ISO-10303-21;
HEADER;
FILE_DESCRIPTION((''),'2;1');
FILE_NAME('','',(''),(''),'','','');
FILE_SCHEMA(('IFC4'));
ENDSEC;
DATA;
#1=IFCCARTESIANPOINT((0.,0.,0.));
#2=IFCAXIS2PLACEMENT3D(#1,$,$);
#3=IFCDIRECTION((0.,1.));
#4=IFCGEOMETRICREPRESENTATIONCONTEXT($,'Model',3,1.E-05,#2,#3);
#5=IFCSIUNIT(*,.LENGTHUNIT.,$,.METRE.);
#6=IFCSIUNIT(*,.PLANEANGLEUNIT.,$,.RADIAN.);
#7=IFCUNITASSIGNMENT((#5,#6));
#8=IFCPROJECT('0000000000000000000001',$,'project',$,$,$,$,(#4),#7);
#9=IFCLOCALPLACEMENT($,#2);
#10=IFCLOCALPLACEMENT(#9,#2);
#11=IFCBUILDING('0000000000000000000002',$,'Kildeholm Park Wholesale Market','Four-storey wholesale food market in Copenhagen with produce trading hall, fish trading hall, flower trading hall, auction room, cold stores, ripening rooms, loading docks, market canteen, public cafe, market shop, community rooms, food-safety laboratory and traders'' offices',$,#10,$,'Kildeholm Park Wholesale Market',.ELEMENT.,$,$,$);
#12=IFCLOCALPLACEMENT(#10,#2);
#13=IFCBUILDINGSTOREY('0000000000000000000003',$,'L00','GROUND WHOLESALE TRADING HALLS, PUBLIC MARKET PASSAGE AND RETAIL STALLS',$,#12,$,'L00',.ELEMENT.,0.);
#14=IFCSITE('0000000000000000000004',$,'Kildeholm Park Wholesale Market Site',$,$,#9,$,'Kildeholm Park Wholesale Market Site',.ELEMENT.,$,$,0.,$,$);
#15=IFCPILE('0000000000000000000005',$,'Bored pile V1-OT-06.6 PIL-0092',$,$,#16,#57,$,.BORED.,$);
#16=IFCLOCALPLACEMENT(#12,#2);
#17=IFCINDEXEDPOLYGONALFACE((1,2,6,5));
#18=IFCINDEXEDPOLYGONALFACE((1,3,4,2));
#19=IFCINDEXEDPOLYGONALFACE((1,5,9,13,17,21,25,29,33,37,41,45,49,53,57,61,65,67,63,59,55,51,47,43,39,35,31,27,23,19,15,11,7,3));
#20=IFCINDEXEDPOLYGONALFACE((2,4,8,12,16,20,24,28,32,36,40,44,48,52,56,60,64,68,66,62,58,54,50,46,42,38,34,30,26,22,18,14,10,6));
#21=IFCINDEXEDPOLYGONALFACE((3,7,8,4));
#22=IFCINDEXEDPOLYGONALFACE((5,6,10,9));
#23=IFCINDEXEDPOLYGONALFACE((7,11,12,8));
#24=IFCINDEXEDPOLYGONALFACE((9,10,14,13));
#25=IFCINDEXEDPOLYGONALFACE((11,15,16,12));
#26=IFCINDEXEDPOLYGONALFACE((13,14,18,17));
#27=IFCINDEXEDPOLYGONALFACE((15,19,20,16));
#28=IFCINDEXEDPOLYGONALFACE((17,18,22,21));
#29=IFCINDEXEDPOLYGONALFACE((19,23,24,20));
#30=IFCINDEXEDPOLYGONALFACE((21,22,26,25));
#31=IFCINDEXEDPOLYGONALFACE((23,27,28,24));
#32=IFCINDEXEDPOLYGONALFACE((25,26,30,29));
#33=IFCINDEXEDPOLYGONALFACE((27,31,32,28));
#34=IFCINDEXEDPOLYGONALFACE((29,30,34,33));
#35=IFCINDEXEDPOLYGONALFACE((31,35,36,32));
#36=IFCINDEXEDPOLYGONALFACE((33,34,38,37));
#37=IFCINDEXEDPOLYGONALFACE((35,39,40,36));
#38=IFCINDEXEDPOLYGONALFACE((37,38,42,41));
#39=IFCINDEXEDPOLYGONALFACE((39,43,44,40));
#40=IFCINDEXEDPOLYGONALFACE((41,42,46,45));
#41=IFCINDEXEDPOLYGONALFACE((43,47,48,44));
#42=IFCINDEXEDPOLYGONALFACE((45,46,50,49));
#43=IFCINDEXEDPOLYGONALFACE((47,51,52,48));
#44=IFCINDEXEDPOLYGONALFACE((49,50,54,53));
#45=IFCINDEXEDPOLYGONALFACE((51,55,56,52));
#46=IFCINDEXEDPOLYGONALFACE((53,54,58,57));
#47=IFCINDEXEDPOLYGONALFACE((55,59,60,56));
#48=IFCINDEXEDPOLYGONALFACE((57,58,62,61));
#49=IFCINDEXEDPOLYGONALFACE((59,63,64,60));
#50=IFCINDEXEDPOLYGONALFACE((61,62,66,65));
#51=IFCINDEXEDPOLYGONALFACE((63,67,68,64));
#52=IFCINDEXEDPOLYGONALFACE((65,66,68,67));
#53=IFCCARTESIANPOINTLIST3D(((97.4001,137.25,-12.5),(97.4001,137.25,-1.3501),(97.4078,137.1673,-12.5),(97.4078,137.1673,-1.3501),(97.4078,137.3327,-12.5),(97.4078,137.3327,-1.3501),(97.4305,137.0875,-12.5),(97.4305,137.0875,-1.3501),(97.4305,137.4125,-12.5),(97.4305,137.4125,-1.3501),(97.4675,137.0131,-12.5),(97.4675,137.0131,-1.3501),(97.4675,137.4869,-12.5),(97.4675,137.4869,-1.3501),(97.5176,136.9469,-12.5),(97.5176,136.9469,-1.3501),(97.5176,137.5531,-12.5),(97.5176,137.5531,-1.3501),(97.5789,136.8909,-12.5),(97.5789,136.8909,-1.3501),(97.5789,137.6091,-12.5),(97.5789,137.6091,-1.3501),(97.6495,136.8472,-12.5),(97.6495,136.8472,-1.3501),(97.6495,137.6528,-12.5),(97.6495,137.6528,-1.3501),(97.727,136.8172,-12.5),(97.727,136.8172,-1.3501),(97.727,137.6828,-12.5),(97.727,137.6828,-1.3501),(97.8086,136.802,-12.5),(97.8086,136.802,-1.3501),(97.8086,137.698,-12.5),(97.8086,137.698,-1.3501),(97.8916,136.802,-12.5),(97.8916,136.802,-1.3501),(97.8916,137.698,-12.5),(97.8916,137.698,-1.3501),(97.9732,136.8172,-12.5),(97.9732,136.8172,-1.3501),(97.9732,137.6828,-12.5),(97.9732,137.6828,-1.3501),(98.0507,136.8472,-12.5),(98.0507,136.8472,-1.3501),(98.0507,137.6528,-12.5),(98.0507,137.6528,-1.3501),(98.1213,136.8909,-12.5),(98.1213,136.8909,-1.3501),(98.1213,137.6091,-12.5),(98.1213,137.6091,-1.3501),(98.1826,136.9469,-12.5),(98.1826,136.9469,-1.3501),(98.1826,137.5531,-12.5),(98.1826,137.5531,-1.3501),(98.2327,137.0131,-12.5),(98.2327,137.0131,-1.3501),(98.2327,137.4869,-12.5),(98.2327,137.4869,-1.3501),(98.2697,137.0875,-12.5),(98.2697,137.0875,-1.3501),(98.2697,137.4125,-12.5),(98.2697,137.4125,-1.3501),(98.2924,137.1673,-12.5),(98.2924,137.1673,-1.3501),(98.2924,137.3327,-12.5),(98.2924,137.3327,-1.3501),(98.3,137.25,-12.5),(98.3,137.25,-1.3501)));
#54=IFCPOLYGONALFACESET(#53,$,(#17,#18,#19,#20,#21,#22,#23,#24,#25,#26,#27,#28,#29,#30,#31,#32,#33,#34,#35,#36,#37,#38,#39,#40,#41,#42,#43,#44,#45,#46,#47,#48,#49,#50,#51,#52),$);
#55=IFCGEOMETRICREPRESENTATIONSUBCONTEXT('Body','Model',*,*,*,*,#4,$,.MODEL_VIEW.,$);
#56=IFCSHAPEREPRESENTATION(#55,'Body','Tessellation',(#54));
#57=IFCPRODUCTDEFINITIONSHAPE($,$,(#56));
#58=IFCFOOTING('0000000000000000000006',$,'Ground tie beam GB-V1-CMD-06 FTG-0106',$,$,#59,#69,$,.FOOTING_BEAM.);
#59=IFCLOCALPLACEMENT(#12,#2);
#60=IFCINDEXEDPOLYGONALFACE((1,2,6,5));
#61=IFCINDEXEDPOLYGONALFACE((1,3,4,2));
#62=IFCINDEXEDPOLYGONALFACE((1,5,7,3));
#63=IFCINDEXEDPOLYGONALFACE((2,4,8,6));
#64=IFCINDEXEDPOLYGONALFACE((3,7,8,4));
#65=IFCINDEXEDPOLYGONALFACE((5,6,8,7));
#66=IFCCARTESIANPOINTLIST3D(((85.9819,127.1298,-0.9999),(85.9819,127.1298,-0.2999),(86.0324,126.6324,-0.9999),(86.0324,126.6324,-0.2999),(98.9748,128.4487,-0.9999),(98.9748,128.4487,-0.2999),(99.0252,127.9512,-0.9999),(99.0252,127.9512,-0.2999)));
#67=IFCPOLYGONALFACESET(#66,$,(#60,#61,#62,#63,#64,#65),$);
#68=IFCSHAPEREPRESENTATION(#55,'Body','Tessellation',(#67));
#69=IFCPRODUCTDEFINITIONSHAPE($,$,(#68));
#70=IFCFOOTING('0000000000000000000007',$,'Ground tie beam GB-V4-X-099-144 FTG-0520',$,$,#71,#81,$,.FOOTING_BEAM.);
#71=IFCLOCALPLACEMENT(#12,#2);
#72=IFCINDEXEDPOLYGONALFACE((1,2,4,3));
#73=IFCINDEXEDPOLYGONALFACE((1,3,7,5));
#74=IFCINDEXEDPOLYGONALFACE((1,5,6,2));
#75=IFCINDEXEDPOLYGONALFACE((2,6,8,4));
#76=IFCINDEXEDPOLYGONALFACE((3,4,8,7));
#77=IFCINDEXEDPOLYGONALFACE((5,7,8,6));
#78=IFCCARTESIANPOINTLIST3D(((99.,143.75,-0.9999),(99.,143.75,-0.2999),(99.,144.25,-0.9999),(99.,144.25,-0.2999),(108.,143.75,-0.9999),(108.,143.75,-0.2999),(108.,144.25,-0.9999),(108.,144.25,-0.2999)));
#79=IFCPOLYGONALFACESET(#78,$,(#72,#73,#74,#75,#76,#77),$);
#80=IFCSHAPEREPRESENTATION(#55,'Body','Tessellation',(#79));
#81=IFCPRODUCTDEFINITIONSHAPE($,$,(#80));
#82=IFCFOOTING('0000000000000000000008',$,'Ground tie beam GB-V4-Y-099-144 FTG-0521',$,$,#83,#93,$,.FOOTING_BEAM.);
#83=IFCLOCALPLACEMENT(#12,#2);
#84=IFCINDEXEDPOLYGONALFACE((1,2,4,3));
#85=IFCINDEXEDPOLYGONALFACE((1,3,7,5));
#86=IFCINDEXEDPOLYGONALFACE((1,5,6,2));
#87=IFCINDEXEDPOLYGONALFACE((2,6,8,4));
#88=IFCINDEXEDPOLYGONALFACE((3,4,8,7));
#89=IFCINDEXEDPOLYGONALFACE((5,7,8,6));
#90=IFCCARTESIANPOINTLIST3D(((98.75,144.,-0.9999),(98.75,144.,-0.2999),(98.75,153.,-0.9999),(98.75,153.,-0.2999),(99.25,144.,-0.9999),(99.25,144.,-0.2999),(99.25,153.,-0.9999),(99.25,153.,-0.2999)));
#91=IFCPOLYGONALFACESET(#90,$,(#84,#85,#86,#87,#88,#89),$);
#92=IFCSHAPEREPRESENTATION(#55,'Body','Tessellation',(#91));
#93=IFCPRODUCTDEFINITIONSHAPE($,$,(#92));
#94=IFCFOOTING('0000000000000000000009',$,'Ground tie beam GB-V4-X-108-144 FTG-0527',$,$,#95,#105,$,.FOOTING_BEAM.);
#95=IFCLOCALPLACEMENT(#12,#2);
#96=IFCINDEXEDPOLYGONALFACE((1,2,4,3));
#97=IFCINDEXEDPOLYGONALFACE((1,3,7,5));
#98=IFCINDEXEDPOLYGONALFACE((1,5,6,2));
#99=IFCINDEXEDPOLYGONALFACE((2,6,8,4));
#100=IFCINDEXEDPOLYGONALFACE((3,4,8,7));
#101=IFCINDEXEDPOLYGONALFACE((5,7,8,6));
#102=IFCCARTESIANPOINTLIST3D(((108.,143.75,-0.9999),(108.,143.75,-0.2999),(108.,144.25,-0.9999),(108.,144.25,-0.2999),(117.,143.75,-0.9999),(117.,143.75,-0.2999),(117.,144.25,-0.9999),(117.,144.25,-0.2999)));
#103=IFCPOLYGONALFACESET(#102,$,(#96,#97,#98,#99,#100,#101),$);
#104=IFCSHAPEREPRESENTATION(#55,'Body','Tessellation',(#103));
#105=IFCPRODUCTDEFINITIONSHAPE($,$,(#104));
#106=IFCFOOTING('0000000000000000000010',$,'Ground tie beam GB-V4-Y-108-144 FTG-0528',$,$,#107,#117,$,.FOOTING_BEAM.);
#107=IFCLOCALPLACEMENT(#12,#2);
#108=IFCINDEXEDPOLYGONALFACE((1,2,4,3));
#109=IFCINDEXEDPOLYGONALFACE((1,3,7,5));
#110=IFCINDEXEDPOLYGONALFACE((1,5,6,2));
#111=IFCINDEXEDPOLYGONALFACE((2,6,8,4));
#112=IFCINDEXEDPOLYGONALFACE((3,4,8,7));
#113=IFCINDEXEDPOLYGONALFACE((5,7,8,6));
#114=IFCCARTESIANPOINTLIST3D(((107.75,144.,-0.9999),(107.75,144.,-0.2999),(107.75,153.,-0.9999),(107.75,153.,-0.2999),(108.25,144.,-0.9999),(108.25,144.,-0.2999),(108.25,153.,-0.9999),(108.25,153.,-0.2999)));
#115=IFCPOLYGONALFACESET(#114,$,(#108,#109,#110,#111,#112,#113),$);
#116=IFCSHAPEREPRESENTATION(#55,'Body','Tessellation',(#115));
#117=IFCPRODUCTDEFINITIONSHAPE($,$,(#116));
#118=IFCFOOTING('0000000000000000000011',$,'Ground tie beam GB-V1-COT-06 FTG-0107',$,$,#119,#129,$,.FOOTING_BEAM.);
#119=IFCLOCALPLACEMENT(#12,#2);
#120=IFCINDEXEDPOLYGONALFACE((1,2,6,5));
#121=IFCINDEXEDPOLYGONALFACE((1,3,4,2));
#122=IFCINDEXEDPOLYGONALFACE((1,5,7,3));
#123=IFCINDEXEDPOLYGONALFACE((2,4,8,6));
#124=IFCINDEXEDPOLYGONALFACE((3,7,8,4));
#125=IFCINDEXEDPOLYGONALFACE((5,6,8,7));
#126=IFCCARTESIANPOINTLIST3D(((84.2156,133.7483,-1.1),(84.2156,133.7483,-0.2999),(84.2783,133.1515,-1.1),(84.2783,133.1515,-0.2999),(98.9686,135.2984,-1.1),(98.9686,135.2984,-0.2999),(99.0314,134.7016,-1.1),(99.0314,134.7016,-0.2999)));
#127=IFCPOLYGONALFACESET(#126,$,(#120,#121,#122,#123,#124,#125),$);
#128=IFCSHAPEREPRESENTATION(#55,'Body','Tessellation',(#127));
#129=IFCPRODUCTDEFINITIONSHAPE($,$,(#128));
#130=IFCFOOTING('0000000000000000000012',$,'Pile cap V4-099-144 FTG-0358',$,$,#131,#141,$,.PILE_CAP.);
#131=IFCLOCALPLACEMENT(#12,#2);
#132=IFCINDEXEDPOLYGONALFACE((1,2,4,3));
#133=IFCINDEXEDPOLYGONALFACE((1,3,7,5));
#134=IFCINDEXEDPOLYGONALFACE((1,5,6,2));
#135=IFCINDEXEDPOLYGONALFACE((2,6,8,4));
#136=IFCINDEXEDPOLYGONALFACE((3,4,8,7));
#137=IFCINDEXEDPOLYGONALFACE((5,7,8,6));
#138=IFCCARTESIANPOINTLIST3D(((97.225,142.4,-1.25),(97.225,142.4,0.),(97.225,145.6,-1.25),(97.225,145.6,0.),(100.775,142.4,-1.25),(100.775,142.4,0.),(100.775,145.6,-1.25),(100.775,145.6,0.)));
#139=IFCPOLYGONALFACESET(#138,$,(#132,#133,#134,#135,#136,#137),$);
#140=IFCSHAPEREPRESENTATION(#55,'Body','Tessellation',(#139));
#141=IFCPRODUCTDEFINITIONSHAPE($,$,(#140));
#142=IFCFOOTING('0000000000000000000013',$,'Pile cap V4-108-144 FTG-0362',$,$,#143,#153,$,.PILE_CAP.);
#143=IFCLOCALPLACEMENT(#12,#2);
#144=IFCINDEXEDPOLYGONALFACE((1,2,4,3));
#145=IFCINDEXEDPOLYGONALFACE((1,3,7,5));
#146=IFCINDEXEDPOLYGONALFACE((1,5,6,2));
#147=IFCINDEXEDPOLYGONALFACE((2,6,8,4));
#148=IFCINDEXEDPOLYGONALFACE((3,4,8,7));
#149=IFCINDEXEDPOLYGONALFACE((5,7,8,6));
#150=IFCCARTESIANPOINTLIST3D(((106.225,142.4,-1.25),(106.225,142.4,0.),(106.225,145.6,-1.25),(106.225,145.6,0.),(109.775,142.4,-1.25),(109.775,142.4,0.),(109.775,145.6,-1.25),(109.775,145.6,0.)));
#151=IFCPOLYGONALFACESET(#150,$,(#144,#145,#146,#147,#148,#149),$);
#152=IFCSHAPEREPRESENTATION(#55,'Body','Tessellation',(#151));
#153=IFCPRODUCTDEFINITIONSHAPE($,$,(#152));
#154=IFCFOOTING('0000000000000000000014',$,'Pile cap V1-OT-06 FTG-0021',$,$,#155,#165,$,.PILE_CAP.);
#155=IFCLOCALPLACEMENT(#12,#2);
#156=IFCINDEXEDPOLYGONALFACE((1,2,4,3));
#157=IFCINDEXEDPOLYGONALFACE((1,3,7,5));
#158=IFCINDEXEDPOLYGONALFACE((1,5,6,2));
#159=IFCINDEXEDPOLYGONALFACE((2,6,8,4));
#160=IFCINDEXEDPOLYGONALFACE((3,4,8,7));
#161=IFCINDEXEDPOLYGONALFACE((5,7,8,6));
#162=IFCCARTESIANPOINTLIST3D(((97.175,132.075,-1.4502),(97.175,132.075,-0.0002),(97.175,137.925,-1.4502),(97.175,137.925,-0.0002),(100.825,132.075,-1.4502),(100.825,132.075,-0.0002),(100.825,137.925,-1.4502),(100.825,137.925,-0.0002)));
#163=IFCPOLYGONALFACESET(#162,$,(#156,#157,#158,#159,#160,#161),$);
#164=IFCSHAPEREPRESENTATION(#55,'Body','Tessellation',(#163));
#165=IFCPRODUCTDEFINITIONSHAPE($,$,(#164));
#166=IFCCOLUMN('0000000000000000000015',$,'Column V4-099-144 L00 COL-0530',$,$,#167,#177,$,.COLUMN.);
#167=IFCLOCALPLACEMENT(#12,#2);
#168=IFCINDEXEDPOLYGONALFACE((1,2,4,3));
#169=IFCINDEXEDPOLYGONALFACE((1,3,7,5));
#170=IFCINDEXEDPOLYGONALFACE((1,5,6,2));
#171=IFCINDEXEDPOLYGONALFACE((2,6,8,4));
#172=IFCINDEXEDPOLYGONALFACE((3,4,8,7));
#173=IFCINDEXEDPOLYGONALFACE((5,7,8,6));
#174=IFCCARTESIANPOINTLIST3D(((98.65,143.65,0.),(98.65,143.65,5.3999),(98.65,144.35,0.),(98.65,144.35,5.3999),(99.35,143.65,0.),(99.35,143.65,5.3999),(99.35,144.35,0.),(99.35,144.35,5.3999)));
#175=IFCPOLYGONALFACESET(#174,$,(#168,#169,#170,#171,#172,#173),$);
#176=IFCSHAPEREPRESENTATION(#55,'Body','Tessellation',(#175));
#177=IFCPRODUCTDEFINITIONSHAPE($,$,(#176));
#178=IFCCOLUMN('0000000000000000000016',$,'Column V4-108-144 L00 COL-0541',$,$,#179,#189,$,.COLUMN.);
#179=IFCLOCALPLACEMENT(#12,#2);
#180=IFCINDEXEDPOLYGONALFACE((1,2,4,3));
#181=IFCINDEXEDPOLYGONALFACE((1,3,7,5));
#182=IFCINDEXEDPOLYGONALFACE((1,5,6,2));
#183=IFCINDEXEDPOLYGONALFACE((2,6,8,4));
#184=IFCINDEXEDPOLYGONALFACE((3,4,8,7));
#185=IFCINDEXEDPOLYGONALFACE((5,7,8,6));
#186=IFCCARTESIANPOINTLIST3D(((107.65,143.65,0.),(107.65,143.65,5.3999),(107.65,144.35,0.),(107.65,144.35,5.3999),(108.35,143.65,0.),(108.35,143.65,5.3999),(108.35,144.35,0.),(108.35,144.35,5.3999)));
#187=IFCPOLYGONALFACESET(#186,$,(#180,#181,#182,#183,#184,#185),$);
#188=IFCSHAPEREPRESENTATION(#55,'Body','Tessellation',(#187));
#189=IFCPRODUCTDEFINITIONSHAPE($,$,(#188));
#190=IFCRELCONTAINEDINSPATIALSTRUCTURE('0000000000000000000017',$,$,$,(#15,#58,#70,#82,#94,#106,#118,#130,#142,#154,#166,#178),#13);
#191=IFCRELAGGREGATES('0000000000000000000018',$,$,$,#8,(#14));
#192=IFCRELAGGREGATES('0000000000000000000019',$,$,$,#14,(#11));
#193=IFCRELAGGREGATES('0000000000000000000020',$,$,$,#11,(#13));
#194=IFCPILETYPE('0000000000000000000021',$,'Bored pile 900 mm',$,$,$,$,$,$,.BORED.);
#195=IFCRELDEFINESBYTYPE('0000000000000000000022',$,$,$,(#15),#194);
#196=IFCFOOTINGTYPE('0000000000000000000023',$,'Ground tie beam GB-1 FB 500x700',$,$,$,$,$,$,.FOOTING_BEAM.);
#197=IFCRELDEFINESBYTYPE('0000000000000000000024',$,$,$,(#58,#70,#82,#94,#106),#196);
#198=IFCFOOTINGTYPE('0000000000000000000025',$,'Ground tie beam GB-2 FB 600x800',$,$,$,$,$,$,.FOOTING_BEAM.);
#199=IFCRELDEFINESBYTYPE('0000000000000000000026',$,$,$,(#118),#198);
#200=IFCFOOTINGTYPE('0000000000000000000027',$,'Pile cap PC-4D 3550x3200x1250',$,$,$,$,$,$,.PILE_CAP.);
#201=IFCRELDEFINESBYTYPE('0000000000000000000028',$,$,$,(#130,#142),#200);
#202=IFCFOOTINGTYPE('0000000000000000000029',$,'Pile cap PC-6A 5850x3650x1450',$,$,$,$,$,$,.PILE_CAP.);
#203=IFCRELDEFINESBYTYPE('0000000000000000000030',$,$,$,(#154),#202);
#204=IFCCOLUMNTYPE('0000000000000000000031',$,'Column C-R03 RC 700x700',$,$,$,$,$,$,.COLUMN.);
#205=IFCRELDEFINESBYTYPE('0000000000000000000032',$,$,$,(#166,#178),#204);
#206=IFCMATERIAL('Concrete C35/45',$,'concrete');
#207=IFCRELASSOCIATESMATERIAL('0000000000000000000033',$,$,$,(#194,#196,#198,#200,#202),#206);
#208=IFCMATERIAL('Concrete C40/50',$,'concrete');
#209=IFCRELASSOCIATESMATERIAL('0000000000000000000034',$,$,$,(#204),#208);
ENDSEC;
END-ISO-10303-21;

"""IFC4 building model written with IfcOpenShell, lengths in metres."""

from ifc_helpers import new_model, si_unit, direction, frame, origin, origin_2d, place, context, subcontext, project, spatial, rectangle, circle, extrude, material, material_profile, profile_set, type_object, element, save


model = new_model("IFC4")

# Units and contexts
model_context = context("Model", 3, precision=1e-05, world=origin(), true_north=direction((0.0, 1.0)))
body_context = subcontext(model_context, "Body", "Model", "MODEL_VIEW")
ifc_project = project(units=[si_unit("LENGTHUNIT", "METRE"), si_unit("PLANEANGLEUNIT", "RADIAN")], contexts=[model_context])

# Site, building, storey
site_placement = place(None, origin())
site = spatial("IfcSite", under=ifc_project, at=site_placement, Name="Kildeholm Park Wholesale Market Site", LongName="Kildeholm Park Wholesale Market Site", CompositionType="ELEMENT", RefElevation=0.0)
building_placement = place(site_placement, origin())
building = spatial("IfcBuilding", under=site, at=building_placement, Name="Kildeholm Park Wholesale Market", Description="Four-storey wholesale food market in Copenhagen with produce trading hall, fish trading hall, flower trading hall, auction room, cold stores, ripening rooms, loading docks, market canteen, public cafe, market shop, community rooms, food-safety laboratory and traders' offices", LongName="Kildeholm Park Wholesale Market", CompositionType="ELEMENT")
storey_placement = place(building_placement, origin())
storey = spatial("IfcBuildingStorey", under=building, at=storey_placement, Name="L00", Description="GROUND WHOLESALE TRADING HALLS, PUBLIC MARKET PASSAGE AND RETAIL STALLS", LongName="L00", CompositionType="ELEMENT", Elevation=0.0)

# Pile
ifc_material_1 = material(Name="Concrete C35/45", Category="concrete")
ifc_material_profile_1 = material_profile(ifc_material_1, circle(Radius=0.45, at=origin_2d()), Name="PILE D900")
ifc_profile_set_1 = profile_set([ifc_material_profile_1], Name="Concrete C35/45")
pile_type_1 = type_object("IfcPileType", Name="Bored pile 900 mm", PredefinedType="BORED", material=ifc_profile_set_1)
for number, where, z_axis, x_axis, name in (
    (1, (97.8501, 137.25, -1.3501), (0.0, 0.0, -1.0), (1.0, 0.0, 0.0), "Bored pile V1-OT-06.6 PIL-0092"),
):
    element("IfcPile", number, at=place(storey_placement, frame(where, z_axis=z_axis, x_axis=x_axis)), inside=storey, type_object=pile_type_1, Name=name, PredefinedType="BORED", context=body_context, shape_type="SweptSolid", body=[
        extrude(circle(Radius=0.45, at=origin_2d()), origin(), (0.0, 0.0, 1.0), 11.1499),
    ])

# Footings
ifc_material_profile_2 = material_profile(ifc_material_1, rectangle(XDim=0.5, YDim=0.7, at=origin_2d()), Name="FB 500x700")
ifc_profile_set_2 = profile_set([ifc_material_profile_2], Name="Concrete C35/45")
footing_type_1 = type_object("IfcFootingType", Name="Ground tie beam GB-1 FB 500x700", PredefinedType="FOOTING_BEAM", material=ifc_profile_set_2)
footing_1_placement = place(storey_placement, frame((99.0, 128.2, -0.6499), z_axis=(-0.994888, -0.100986, 0.0), x_axis=(0.100986, -0.994888, 0.0)))
element("IfcFooting", 2, at=footing_1_placement, inside=storey, type_object=footing_type_1, Name="Ground tie beam GB-V1-CMD-06 FTG-0106", PredefinedType="FOOTING_BEAM", context=body_context, shape_type="SweptSolid", body=[
    extrude(rectangle(XDim=0.5, YDim=0.7, at=origin_2d()), origin(), (0.0, 0.0, 1.0), 13.0596),
])
for number, where, z_axis, x_axis, name in (
    (3, (99.0, 144.0, -0.6499), (1.0, 0.0, 0.0), (0.0, 1.0, 0.0), "Ground tie beam GB-V4-X-099-144 FTG-0520"),
    (4, (99.0, 144.0, -0.6499), (0.0, 1.0, 0.0), (-1.0, 0.0, 0.0), "Ground tie beam GB-V4-Y-099-144 FTG-0521"),
    (5, (108.0, 144.0, -0.6499), (1.0, 0.0, 0.0), (0.0, 1.0, 0.0), "Ground tie beam GB-V4-X-108-144 FTG-0527"),
    (6, (108.0, 144.0, -0.6499), (0.0, 1.0, 0.0), (-1.0, 0.0, 0.0), "Ground tie beam GB-V4-Y-108-144 FTG-0528"),
):
    element("IfcFooting", number, at=place(storey_placement, frame(where, z_axis=z_axis, x_axis=x_axis)), inside=storey, type_object=footing_type_1, Name=name, PredefinedType="FOOTING_BEAM", context=body_context, shape_type="SweptSolid", body=[
        extrude(rectangle(XDim=0.5, YDim=0.7, at=origin_2d()), origin(), (0.0, 0.0, 1.0), 9.0),
    ])
ifc_material_profile_3 = material_profile(ifc_material_1, rectangle(XDim=0.6001, YDim=0.8, at=origin_2d()), Name="FB 600x800")
ifc_profile_set_3 = profile_set([ifc_material_profile_3], Name="Concrete C35/45")
footing_type_2 = type_object("IfcFootingType", Name="Ground tie beam GB-2 FB 600x800", PredefinedType="FOOTING_BEAM", material=ifc_profile_set_3)
footing_2_placement = place(storey_placement, frame((99.0, 135.0, -0.7), z_axis=(-0.994526, -0.104492, 0.0), x_axis=(0.104492, -0.994526, 0.0)))
element("IfcFooting", 7, at=footing_2_placement, inside=storey, type_object=footing_type_2, Name="Ground tie beam GB-V1-COT-06 FTG-0107", PredefinedType="FOOTING_BEAM", context=body_context, shape_type="SweptSolid", body=[
    extrude(rectangle(XDim=0.6001, YDim=0.8, at=origin_2d()), origin(), (0.0, 0.0, 1.0), 14.8342),
])
footing_type_3 = type_object("IfcFootingType", Name="Pile cap PC-4D 3550x3200x1250", PredefinedType="PILE_CAP", material=ifc_material_1)
for number, where, z_axis, x_axis, name in (
    (8, (99.0, 144.0, -1.25), (0.0, 0.0, 1.0), (1.0, 0.0, 0.0), "Pile cap V4-099-144 FTG-0358"),
    (9, (108.0, 144.0, -1.25), (0.0, 0.0, 1.0), (1.0, 0.0, 0.0), "Pile cap V4-108-144 FTG-0362"),
):
    element("IfcFooting", number, at=place(storey_placement, frame(where, z_axis=z_axis, x_axis=x_axis)), inside=storey, type_object=footing_type_3, Name=name, PredefinedType="PILE_CAP", context=body_context, shape_type="SweptSolid", body=[
        extrude(rectangle(XDim=3.55, YDim=3.2, at=origin_2d()), origin(), (0.0, 0.0, 1.0), 1.25),
    ])
footing_type_4 = type_object("IfcFootingType", Name="Pile cap PC-6A 5850x3650x1450", PredefinedType="PILE_CAP", material=ifc_material_1)
footing_3_placement = place(storey_placement, frame((99.0, 135.0, -1.4502), z_axis=(0.0, 0.0, 1.0), x_axis=(0.0, 1.0, 0.0)))
element("IfcFooting", 10, at=footing_3_placement, inside=storey, type_object=footing_type_4, Name="Pile cap V1-OT-06 FTG-0021", PredefinedType="PILE_CAP", context=body_context, shape_type="SweptSolid", body=[
    extrude(rectangle(XDim=5.8501, YDim=3.6499, at=origin_2d()), origin(), (0.0, 0.0, 1.0), 1.45),
])

# Columns
ifc_material_2 = material(Name="Concrete C40/50", Category="concrete")
ifc_material_profile_4 = material_profile(ifc_material_2, rectangle(XDim=0.7, YDim=0.7, at=origin_2d()), Name="RC 700x700")
ifc_profile_set_4 = profile_set([ifc_material_profile_4], Name="Concrete C40/50")
column_type_1 = type_object("IfcColumnType", Name="Column C-R03 RC 700x700", PredefinedType="COLUMN", material=ifc_profile_set_4)
for number, where, z_axis, x_axis, name in (
    (11, (99.0, 144.0, 0.0), (0.0, 0.0, 1.0), (1.0, 0.0, 0.0), "Column V4-099-144 L00 COL-0530"),
    (12, (108.0, 144.0, 0.0), (0.0, 0.0, 1.0), (1.0, 0.0, 0.0), "Column V4-108-144 L00 COL-0541"),
):
    element("IfcColumn", number, at=place(storey_placement, frame(where, z_axis=z_axis, x_axis=x_axis)), inside=storey, type_object=column_type_1, Name=name, PredefinedType="COLUMN", context=body_context, shape_type="SweptSolid", body=[
        extrude(rectangle(XDim=0.7, YDim=0.7, at=origin_2d()), origin(), (0.0, 0.0, 1.0), 5.3999),
    ])

save(model, "model.ifc")
